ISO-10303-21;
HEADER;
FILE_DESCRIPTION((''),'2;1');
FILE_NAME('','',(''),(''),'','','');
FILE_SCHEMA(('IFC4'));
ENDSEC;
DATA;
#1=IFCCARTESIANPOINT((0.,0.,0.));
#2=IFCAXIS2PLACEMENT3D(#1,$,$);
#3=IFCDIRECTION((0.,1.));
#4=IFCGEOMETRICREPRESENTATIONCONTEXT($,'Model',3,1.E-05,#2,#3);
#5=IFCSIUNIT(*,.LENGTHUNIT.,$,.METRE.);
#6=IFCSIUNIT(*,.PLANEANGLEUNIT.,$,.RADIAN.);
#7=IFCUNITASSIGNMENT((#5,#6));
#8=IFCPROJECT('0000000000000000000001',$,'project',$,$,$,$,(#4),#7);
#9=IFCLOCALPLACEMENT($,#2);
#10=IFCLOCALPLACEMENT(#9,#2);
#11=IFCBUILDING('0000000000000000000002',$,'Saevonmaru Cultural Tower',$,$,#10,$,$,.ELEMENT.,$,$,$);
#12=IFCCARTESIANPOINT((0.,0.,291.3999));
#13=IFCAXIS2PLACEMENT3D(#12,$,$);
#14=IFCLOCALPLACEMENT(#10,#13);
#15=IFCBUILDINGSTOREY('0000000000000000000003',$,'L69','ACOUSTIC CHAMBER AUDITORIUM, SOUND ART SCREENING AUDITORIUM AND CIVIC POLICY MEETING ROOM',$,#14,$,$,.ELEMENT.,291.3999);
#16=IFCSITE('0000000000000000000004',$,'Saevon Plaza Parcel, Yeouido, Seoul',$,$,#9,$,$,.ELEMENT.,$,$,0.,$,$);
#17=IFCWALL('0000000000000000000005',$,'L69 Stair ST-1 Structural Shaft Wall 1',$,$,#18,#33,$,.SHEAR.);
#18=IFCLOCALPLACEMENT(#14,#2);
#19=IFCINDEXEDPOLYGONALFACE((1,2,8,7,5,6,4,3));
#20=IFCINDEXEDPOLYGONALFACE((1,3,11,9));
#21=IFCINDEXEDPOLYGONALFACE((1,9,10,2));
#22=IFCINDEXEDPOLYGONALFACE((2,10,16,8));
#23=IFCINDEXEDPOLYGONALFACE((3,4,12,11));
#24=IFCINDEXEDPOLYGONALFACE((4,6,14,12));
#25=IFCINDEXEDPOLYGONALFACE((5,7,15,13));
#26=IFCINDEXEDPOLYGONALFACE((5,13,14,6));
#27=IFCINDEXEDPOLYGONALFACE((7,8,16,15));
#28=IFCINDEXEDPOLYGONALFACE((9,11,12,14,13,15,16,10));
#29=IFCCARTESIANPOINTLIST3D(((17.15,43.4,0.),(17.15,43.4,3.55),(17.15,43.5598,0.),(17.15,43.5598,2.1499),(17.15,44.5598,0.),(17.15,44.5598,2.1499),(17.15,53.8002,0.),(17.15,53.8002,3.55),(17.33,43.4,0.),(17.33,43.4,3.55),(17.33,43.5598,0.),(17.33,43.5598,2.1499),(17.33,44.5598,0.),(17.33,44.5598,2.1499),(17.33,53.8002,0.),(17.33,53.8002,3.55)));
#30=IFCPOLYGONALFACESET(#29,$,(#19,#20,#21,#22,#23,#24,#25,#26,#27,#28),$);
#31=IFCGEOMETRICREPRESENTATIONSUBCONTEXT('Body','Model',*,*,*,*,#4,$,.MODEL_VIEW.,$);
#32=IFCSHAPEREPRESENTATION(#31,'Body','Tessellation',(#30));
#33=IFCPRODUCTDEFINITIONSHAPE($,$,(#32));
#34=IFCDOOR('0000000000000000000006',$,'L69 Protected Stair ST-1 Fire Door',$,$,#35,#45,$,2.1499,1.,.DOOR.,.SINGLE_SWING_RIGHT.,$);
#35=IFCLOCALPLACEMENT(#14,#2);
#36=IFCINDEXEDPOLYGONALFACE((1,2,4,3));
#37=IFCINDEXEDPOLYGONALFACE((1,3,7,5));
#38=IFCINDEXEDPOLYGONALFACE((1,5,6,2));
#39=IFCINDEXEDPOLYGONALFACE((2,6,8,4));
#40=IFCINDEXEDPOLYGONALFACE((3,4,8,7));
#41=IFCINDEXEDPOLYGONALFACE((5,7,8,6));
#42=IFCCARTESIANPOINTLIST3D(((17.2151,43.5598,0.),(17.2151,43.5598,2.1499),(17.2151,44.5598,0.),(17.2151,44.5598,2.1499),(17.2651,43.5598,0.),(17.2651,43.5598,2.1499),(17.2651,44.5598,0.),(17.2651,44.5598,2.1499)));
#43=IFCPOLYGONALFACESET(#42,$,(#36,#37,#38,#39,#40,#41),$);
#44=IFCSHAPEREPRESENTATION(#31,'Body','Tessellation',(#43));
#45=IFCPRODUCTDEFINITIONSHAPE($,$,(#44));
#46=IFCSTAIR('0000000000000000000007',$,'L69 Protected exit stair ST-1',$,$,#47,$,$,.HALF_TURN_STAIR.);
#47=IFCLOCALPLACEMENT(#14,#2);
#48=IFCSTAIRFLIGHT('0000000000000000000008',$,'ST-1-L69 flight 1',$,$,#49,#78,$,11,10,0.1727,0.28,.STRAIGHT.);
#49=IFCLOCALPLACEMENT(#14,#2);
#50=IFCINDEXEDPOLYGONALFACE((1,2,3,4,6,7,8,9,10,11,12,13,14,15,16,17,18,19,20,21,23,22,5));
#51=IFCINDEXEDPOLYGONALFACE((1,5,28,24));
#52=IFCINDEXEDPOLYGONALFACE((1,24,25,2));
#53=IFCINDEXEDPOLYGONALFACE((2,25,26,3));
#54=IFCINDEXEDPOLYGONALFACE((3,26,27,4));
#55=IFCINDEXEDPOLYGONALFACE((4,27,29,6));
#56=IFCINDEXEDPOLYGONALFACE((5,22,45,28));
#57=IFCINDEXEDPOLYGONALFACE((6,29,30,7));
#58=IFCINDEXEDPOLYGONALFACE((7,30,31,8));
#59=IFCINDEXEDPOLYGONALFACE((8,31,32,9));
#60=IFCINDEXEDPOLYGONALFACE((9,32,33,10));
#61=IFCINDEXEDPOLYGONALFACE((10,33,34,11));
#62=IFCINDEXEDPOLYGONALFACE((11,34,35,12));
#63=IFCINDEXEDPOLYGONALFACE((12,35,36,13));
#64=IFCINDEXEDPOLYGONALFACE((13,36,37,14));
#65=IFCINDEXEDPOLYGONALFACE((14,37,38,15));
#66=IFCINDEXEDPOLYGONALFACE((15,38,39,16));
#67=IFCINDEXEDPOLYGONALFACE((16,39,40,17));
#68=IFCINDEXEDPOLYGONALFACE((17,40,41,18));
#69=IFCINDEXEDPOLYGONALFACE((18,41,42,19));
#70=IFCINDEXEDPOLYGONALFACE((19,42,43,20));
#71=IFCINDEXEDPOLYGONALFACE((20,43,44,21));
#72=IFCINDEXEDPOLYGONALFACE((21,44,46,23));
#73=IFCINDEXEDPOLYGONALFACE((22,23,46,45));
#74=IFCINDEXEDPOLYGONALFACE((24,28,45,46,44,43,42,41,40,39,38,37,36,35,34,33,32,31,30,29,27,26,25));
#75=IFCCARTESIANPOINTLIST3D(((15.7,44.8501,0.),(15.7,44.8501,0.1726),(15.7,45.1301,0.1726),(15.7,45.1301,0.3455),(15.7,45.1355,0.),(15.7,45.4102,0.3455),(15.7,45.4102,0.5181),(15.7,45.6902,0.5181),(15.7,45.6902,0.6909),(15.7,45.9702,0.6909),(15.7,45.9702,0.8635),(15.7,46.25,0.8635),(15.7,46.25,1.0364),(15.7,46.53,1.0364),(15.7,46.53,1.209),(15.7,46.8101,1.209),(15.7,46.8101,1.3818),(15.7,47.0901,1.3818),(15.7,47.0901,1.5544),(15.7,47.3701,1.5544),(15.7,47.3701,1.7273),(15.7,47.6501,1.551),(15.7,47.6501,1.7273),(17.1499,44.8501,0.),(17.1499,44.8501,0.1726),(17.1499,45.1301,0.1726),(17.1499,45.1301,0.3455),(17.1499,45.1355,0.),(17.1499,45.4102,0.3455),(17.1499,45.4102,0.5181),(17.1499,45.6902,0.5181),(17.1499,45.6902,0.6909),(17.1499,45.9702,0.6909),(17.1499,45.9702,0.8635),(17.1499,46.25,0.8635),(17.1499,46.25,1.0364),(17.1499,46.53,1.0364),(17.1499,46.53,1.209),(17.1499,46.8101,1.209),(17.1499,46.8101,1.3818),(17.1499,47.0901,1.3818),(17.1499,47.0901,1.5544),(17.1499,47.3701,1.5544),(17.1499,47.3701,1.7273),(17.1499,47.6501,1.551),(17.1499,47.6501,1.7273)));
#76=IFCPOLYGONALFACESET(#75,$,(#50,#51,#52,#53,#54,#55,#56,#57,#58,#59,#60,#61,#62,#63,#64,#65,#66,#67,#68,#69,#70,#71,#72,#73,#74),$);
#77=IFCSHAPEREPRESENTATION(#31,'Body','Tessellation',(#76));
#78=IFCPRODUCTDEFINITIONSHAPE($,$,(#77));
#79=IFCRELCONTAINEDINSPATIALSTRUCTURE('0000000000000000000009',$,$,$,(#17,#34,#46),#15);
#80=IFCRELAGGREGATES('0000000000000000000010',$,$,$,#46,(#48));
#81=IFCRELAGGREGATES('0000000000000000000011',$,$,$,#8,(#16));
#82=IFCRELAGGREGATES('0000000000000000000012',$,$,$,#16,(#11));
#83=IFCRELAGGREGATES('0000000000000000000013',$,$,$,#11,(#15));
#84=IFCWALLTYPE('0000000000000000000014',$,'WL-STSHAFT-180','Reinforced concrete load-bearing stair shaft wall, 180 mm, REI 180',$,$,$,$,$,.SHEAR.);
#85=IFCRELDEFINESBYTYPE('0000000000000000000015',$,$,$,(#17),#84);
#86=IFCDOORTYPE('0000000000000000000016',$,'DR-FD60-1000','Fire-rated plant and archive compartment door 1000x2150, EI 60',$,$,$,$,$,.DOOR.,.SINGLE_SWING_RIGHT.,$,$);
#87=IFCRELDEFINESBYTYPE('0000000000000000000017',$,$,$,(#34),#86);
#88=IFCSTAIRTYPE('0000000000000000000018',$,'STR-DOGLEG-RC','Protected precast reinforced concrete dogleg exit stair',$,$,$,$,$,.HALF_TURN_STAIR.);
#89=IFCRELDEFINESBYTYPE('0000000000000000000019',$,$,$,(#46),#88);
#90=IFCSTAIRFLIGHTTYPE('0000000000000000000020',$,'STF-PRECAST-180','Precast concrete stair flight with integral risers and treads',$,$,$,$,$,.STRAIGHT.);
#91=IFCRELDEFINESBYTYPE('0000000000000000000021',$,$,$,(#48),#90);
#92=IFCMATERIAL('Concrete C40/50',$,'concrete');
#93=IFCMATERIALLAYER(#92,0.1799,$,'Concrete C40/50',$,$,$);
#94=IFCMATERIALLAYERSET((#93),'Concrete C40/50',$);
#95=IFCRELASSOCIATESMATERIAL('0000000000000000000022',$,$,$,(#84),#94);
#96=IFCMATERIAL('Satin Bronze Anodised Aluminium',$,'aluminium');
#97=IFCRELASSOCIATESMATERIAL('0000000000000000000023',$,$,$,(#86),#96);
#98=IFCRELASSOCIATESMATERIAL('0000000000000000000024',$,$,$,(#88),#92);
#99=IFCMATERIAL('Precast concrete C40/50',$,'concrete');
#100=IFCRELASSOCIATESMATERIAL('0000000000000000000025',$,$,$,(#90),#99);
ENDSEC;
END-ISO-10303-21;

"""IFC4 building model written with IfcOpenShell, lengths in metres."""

from ifc_helpers import new_model, si_unit, direction, frame, frame_2d, origin, place, context, subcontext, project, spatial, polyline, rectangle, outline, extrude, material, layer, layer_set, type_object, element, fill, aggregate, save


model = new_model("IFC4")

# Units and contexts
model_context = context("Model", 3, precision=1e-05, world=origin(), true_north=direction((0.0, 1.0)))
body_context = subcontext(model_context, "Body", "Model", "MODEL_VIEW")
ifc_project = project(units=[si_unit("LENGTHUNIT", "METRE"), si_unit("PLANEANGLEUNIT", "RADIAN")], contexts=[model_context])

# Site, building, storey
site_placement = place(None, origin())
site = spatial("IfcSite", under=ifc_project, at=site_placement, Name="Saevon Plaza Parcel, Yeouido, Seoul", CompositionType="ELEMENT", RefElevation=0.0)
building_placement = place(site_placement, origin())
building = spatial("IfcBuilding", under=site, at=building_placement, Name="Saevonmaru Cultural Tower", CompositionType="ELEMENT")
storey_placement = place(building_placement, frame((0.0, 0.0, 291.3999)))
storey = spatial("IfcBuildingStorey", under=building, at=storey_placement, Name="L69", Description="ACOUSTIC CHAMBER AUDITORIUM, SOUND ART SCREENING AUDITORIUM AND CIVIC POLICY MEETING ROOM", CompositionType="ELEMENT", Elevation=291.3999)

# Shared definitions
ifc_material_1 = material(Name="Satin Bronze Anodised Aluminium", Category="aluminium")

# Shared definitions
ifc_material_2 = material(Name="Concrete C40/50", Category="concrete")

# Wall, opening, door
ifc_layer_1 = layer(ifc_material_2, 0.1799, Name="Concrete C40/50")
ifc_layer_set_1 = layer_set([ifc_layer_1], Name="Concrete C40/50")
wall_type_1 = type_object("IfcWallType", Name="WL-STSHAFT-180", Description="Reinforced concrete load-bearing stair shaft wall, 180 mm, REI 180", PredefinedType="SHEAR", material=ifc_layer_set_1)
wall_1_placement = place(storey_placement, frame((17.24, 43.3999, 0.0), z_axis=(0.0, 0.0, 1.0), x_axis=(0.0, 1.0, 0.0)))
wall_1 = element("IfcWall", 1, at=wall_1_placement, inside=storey, type_object=wall_type_1, Name="L69 Stair ST-1 Structural Shaft Wall 1", PredefinedType="SHEAR", context=body_context, shape_type="SweptSolid", body=[
    extrude(rectangle(XDim=10.4001, YDim=0.1799, at=frame_2d((5.2002, 0.0))), origin(), (0.0, 0.0, 1.0), 3.55),
])
opening_1_placement = place(wall_1_placement, frame((0.1599, 0.0, 0.0)))
opening_1 = element("IfcOpeningElement", 2, at=opening_1_placement, cuts=wall_1, PredefinedType="OPENING", context=body_context, shape_type="SweptSolid", body=[
    extrude(rectangle(XDim=1.0, YDim=2.1499, at=frame_2d((0.5, 1.075))), frame((0.0, 0.1001, 0.0), z_axis=(0.0, -1.0, 0.0), x_axis=(1.0, 0.0, 0.0)), (0.0, 0.0, 1.0), 0.2),
])
door_type_1 = type_object("IfcDoorType", Name="DR-FD60-1000", Description="Fire-rated plant and archive compartment door 1000x2150, EI 60", OperationType="SINGLE_SWING_RIGHT", PredefinedType="DOOR", material=ifc_material_1)
door_1_placement = place(opening_1_placement, origin())
door_1 = element("IfcDoor", 3, at=door_1_placement, inside=storey, type_object=door_type_1, Name="L69 Protected Stair ST-1 Fire Door", OperationType="SINGLE_SWING_RIGHT", OverallHeight=2.1499, OverallWidth=1.0, PredefinedType="DOOR", context=body_context, shape_type="SweptSolid", body=[
    extrude(rectangle(XDim=1.0, YDim=2.1499, at=frame_2d((0.5, 1.075))), frame((0.0, 0.0249, 0.0), z_axis=(0.0, -1.0, 0.0), x_axis=(1.0, 0.0, 0.0)), (0.0, 0.0, 1.0), 0.05),
])
fill(opening_1, door_1)

# Stair, stair flight
stair_type = type_object("IfcStairType", Name="STR-DOGLEG-RC", Description="Protected precast reinforced concrete dogleg exit stair", PredefinedType="HALF_TURN_STAIR", material=ifc_material_2)
stair_placement = place(storey_placement, origin())
stair = element("IfcStair", 4, at=stair_placement, inside=storey, type_object=stair_type, Name="L69 Protected exit stair ST-1", PredefinedType="HALF_TURN_STAIR")
ifc_material_3 = material(Name="Precast concrete C40/50", Category="concrete")
stair_flight_type = type_object("IfcStairFlightType", Name="STF-PRECAST-180", Description="Precast concrete stair flight with integral risers and treads", PredefinedType="STRAIGHT", material=ifc_material_3)
stair_flight_placement = place(storey_placement, frame((16.425, 44.8501, 0.0), z_axis=(0.0, 0.0, 1.0), x_axis=(0.0, 1.0, 0.0)))
stair_flight = element("IfcStairFlight", 5, at=stair_flight_placement, type_object=stair_flight_type, Name="ST-1-L69 flight 1", NumberOfRisers=11, NumberOfTreads=10, PredefinedType="STRAIGHT", RiserHeight=0.1727, TreadLength=0.28, context=body_context, shape_type="SweptSolid", body=[
    extrude(outline(polyline([(0.0, 0.0), (0.0, 0.1726), (0.28, 0.1726), (0.28, 0.3455), (0.5601, 0.3455), (0.5601, 0.5181), (0.8401, 0.5181), (0.8401, 0.6909), (1.1201, 0.6909), (1.1201, 0.8635), (1.3999, 0.8635), (1.3999, 1.0364), (1.6799, 1.0364), (1.6799, 1.209), (1.96, 1.209), (1.96, 1.3818), (2.24, 1.3818), (2.24, 1.5544), (2.52, 1.5544), (2.52, 1.7273), (2.8, 1.7273), (2.8, 1.8999), (2.8, 1.551), (0.2854, 0.0), (0.0, 0.0)])), frame((0.0, 0.7251, 0.0), z_axis=(0.0, -1.0, 0.0), x_axis=(1.0, 0.0, 0.0)), (0.0, 0.0, 1.0), 1.45),
])
aggregate(stair, [stair_flight])

save(model, "model.ifc")
